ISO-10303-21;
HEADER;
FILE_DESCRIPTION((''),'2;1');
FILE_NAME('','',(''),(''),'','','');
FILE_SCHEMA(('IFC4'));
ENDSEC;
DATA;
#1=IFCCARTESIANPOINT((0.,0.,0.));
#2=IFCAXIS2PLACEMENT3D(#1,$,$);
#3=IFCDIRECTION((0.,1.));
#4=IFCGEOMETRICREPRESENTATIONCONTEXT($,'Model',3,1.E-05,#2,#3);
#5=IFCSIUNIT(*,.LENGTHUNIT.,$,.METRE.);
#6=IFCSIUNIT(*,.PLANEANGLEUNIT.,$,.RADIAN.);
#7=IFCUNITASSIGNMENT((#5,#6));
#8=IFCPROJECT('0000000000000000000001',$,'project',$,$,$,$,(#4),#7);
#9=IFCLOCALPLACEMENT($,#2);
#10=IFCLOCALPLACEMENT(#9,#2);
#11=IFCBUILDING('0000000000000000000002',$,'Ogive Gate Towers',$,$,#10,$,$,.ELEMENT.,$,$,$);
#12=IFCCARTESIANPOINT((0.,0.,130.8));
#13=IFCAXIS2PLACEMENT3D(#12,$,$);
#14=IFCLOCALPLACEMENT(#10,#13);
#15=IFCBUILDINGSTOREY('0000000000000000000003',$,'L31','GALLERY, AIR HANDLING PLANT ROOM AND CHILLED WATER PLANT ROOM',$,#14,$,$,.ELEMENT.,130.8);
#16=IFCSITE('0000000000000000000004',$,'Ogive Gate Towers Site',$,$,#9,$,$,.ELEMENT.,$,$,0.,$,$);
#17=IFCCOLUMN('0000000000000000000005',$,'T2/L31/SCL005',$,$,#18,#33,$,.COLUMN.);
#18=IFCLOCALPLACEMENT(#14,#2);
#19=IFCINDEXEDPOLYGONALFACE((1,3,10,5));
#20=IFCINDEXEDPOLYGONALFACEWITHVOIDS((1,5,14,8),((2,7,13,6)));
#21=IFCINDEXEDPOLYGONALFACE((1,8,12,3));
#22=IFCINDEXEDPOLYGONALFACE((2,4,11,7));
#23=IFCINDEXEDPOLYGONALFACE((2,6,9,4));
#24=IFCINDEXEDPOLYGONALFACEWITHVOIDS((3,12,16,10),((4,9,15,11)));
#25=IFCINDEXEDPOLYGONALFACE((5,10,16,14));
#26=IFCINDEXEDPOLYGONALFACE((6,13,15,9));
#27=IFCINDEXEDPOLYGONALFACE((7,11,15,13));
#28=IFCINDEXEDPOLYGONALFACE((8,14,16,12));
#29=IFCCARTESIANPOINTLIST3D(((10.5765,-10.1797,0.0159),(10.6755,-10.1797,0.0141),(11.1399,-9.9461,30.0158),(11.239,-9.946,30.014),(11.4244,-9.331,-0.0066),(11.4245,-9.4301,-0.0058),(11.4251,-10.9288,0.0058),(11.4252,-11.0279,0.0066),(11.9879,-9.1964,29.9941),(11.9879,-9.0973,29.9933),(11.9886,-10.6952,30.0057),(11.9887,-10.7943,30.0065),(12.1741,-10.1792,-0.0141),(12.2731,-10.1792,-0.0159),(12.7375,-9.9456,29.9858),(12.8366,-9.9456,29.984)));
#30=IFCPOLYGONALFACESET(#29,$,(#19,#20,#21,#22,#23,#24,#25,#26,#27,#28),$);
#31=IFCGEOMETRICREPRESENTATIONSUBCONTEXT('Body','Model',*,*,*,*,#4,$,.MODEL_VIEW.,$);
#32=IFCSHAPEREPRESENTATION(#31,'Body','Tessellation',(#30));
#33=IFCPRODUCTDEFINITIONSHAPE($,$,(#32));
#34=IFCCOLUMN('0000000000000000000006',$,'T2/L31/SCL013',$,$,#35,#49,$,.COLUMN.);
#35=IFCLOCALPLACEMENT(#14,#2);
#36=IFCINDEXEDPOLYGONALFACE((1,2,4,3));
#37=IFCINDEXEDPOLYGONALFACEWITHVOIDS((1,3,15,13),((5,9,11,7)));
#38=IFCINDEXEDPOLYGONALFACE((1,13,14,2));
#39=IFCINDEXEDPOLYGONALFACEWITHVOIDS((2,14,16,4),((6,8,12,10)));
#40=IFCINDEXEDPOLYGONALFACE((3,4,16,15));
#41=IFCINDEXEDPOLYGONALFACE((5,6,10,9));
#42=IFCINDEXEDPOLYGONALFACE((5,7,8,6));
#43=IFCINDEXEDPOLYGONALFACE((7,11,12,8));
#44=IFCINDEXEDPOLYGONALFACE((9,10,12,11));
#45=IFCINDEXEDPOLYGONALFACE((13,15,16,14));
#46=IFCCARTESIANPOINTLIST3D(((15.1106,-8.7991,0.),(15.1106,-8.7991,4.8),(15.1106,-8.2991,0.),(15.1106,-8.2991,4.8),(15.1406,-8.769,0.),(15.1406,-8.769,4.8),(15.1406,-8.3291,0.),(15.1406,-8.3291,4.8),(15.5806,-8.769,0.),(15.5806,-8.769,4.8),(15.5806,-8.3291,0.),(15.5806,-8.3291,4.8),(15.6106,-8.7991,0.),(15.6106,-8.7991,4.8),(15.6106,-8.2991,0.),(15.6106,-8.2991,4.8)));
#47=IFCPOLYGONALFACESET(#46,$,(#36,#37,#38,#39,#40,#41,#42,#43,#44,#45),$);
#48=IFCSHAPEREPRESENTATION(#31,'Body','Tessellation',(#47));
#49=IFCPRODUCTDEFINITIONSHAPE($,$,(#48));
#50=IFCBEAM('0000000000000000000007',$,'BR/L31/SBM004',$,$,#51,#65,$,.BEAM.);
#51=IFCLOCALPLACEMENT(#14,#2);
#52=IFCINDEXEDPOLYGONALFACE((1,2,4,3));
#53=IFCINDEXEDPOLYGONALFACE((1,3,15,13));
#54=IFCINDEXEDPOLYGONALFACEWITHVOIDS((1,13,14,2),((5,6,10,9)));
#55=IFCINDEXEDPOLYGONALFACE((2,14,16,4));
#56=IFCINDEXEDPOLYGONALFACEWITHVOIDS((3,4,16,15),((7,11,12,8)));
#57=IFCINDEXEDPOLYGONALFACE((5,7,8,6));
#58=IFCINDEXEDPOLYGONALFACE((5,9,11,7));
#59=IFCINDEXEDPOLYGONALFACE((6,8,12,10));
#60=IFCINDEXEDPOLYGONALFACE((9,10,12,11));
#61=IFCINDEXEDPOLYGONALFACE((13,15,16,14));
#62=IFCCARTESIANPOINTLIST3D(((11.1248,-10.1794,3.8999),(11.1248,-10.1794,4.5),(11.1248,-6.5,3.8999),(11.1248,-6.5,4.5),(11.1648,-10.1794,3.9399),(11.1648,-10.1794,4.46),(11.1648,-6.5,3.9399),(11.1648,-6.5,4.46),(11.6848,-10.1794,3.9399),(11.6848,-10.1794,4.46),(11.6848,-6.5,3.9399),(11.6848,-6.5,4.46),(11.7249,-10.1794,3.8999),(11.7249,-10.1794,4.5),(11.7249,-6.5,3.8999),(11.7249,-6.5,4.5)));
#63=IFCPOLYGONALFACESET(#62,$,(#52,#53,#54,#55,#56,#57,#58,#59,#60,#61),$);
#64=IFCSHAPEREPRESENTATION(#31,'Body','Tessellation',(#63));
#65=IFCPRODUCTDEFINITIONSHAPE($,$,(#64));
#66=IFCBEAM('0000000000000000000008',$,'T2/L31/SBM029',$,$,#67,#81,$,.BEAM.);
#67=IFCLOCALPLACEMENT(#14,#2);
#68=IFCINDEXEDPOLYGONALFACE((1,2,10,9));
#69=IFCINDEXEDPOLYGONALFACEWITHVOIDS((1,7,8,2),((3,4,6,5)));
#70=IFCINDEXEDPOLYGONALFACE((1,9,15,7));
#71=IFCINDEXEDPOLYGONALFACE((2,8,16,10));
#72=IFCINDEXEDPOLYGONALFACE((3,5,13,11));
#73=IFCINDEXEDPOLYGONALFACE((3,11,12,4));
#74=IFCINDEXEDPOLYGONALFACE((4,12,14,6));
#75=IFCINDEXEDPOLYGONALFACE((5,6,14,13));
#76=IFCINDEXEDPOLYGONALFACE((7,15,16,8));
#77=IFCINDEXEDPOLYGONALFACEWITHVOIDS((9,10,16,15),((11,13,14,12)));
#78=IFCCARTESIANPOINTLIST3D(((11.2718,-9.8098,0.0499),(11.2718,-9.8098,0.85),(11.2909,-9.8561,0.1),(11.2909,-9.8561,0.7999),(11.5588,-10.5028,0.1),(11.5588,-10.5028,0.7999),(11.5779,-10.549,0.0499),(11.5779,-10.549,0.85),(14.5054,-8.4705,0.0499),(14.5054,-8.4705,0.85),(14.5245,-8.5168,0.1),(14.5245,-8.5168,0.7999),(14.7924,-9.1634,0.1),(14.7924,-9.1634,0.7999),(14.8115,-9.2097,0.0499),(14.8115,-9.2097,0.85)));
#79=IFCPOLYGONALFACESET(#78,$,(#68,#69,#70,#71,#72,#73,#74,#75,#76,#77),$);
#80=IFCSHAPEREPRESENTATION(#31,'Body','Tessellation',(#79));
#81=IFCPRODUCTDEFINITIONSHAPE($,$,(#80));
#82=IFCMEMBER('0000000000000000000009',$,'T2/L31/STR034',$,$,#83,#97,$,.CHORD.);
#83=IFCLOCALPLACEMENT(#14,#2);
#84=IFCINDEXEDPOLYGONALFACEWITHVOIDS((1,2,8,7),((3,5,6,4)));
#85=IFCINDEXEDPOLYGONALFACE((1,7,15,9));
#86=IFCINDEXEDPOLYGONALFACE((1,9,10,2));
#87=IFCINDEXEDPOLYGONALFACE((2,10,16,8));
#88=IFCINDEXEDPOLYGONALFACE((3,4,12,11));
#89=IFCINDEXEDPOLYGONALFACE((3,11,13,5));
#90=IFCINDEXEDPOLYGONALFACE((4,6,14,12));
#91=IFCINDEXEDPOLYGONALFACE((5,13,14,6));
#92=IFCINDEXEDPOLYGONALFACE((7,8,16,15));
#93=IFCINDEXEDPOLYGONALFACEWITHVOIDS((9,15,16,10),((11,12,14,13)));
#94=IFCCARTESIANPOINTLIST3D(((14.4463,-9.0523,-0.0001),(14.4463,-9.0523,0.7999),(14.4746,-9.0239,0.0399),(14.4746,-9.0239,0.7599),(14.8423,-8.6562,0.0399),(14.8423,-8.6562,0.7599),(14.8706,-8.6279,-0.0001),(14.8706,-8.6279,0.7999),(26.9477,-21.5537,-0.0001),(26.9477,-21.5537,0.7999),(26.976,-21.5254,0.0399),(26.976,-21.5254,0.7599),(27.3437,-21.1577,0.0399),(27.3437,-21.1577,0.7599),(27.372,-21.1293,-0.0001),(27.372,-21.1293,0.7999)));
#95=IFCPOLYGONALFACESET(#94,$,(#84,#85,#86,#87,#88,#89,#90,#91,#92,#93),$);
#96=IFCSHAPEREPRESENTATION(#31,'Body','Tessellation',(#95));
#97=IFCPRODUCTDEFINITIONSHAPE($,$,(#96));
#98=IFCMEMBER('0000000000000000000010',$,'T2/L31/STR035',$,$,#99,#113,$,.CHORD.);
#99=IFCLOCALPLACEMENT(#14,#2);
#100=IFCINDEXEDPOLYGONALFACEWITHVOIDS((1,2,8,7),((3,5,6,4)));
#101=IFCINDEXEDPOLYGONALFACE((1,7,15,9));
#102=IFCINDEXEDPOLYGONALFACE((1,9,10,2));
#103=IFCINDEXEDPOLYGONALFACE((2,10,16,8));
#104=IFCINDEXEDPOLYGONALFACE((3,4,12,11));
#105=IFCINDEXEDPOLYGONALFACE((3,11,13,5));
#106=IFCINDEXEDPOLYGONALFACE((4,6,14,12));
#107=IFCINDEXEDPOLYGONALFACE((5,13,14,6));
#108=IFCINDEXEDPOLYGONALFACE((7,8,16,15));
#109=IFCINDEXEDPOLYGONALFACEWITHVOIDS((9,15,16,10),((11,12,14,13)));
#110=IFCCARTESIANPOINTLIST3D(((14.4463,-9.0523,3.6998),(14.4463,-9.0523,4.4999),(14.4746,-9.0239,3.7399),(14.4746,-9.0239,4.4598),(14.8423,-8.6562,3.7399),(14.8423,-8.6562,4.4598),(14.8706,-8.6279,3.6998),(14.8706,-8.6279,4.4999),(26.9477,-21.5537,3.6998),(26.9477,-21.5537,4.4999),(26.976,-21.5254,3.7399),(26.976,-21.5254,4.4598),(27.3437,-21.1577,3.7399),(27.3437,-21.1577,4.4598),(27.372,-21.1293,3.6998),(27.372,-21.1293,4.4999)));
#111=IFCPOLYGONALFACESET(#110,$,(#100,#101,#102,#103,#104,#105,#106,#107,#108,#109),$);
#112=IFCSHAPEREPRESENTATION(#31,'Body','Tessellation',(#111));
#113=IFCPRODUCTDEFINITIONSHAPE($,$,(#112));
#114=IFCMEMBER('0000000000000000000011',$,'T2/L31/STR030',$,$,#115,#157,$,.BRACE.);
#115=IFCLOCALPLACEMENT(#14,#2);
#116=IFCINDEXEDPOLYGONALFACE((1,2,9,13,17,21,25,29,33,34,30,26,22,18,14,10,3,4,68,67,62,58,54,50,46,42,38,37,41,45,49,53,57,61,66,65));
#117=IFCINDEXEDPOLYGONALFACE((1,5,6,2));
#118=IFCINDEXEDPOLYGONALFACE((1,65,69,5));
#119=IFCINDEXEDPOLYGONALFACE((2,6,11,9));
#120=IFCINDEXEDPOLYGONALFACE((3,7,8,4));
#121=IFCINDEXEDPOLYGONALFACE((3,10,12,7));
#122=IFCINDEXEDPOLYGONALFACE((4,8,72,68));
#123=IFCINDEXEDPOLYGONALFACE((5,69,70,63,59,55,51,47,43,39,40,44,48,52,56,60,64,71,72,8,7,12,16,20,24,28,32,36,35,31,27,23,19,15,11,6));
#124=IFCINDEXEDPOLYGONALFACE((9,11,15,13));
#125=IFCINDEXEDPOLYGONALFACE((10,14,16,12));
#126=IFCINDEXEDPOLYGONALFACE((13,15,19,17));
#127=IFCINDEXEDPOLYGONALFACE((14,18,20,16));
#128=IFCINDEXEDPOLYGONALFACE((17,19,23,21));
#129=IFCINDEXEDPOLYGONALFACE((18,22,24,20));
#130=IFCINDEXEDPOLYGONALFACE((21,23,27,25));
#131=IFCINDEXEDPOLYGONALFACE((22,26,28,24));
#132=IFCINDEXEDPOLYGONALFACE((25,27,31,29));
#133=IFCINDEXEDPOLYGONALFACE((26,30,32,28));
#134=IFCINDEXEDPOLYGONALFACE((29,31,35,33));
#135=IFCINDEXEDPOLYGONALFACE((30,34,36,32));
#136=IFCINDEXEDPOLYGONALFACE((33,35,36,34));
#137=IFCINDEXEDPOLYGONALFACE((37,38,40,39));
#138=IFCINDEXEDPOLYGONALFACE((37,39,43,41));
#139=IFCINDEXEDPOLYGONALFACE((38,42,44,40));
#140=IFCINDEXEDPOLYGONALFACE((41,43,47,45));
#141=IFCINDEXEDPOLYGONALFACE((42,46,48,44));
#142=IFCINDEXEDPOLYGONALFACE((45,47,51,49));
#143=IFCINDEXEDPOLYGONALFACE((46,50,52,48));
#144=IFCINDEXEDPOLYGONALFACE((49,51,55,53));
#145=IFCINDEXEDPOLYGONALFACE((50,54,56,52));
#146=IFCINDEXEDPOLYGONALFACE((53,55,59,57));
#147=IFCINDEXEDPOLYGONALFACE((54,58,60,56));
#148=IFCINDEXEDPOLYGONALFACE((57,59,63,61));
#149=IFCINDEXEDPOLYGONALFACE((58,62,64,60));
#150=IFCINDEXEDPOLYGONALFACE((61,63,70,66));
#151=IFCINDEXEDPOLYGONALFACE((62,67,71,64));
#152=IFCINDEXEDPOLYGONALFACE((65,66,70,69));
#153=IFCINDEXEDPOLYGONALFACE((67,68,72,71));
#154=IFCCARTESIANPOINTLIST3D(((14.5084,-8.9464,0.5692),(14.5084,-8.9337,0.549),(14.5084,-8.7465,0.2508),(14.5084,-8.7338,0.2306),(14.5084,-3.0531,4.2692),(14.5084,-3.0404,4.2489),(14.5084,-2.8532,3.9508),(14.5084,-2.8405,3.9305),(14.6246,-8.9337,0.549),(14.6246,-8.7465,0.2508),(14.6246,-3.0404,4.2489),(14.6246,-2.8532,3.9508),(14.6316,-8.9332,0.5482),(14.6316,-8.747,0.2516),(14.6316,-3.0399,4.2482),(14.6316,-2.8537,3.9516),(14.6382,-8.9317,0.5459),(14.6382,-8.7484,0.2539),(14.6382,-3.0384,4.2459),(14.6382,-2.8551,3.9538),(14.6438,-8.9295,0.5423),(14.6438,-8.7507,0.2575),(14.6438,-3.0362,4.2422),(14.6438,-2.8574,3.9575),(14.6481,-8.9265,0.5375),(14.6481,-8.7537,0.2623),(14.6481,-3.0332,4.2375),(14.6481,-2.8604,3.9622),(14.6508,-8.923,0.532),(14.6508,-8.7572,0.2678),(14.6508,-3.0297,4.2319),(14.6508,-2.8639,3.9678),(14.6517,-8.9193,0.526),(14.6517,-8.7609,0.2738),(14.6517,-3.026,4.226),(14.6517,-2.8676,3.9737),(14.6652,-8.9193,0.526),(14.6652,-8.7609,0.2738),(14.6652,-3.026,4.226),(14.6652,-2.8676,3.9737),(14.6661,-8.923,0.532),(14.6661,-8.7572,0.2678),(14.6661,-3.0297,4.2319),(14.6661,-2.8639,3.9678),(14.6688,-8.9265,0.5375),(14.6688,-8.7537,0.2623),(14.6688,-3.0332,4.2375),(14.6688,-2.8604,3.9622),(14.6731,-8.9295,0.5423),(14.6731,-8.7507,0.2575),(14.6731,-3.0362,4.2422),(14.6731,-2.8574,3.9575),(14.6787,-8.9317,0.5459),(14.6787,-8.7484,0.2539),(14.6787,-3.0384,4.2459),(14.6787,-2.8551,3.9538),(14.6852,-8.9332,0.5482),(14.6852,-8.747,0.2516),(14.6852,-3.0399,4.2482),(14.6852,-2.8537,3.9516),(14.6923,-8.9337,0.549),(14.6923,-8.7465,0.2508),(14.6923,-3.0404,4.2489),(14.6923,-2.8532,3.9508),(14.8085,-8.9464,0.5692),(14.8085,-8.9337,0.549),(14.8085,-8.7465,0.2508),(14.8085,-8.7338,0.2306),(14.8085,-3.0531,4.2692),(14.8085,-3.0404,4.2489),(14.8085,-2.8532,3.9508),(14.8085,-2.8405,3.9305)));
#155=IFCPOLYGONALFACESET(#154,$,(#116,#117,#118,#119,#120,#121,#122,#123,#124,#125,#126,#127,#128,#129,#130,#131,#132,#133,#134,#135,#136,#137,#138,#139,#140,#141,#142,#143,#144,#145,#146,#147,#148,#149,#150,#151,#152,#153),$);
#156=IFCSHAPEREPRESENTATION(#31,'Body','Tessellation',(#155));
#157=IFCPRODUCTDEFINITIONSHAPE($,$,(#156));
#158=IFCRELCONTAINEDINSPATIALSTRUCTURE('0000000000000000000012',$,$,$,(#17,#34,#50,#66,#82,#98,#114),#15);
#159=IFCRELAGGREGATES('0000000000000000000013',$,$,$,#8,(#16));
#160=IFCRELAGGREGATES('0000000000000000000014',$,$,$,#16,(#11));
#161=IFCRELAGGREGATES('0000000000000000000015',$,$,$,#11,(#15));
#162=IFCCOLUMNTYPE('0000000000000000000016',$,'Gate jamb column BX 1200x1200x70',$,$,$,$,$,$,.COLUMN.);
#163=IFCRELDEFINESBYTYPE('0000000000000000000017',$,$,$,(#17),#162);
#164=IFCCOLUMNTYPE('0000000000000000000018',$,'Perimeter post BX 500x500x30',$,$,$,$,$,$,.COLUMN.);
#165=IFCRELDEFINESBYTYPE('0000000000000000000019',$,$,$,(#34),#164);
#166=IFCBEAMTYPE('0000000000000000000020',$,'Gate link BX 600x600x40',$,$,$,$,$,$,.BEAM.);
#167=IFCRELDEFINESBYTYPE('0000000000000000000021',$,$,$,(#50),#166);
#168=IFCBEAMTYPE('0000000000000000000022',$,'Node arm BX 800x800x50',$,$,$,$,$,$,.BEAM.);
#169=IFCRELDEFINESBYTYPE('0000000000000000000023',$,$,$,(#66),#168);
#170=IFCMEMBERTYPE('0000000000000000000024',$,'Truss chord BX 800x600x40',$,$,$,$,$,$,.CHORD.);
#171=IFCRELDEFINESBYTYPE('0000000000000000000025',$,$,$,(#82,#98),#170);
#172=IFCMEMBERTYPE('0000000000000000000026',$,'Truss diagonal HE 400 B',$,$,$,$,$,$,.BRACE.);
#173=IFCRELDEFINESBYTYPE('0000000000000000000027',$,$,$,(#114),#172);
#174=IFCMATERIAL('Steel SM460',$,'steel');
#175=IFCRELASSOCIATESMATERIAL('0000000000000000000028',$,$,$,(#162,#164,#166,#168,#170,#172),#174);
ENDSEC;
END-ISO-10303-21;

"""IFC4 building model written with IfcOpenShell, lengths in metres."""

from ifc_helpers import new_model, si_unit, direction, frame, origin, origin_2d, place, context, subcontext, project, spatial, hollow_rectangle, i_section, extrude, material, material_profile, profile_set, type_object, element, save


model = new_model("IFC4")

# Units and contexts
model_context = context("Model", 3, precision=1e-05, world=origin(), true_north=direction((0.0, 1.0)))
body_context = subcontext(model_context, "Body", "Model", "MODEL_VIEW")
ifc_project = project(units=[si_unit("LENGTHUNIT", "METRE"), si_unit("PLANEANGLEUNIT", "RADIAN")], contexts=[model_context])

# Site, building, storey
site_placement = place(None, origin())
site = spatial("IfcSite", under=ifc_project, at=site_placement, Name="Ogive Gate Towers Site", CompositionType="ELEMENT", RefElevation=0.0)
building_placement = place(site_placement, origin())
building = spatial("IfcBuilding", under=site, at=building_placement, Name="Ogive Gate Towers", CompositionType="ELEMENT")
storey_placement = place(building_placement, frame((0.0, 0.0, 130.8)))
storey = spatial("IfcBuildingStorey", under=building, at=storey_placement, Name="L31", Description="GALLERY, AIR HANDLING PLANT ROOM AND CHILLED WATER PLANT ROOM", CompositionType="ELEMENT", Elevation=130.8)

# Columns
ifc_material_1 = material(Name="Steel SM460", Category="steel")
ifc_material_profile_1 = material_profile(ifc_material_1, hollow_rectangle(XDim=1.2, YDim=1.2, WallThickness=0.0701, at=origin_2d()), Name="BX 1200x1200x70")
ifc_profile_set_1 = profile_set([ifc_material_profile_1], Name="Steel SM460")
column_type_1 = type_object("IfcColumnType", Name="Gate jamb column BX 1200x1200x70", PredefinedType="COLUMN", material=ifc_profile_set_1)
column_1_placement = place(storey_placement, frame((11.4248, -10.1794, 0.0), z_axis=(0.018779, 0.007786, 0.999793), x_axis=(0.707294, -0.706877, -0.00778)))
element("IfcColumn", 1, at=column_1_placement, inside=storey, type_object=column_type_1, Name="T2/L31/SCL005", PredefinedType="COLUMN", context=body_context, shape_type="SweptSolid", body=[
    extrude(hollow_rectangle(XDim=1.2, YDim=1.2, WallThickness=0.0701, at=origin_2d()), origin(), (0.0, 0.0, 1.0), 30.0061),
])
ifc_material_profile_2 = material_profile(ifc_material_1, hollow_rectangle(XDim=0.5, YDim=0.5, WallThickness=0.03, at=origin_2d()), Name="BX 500x500x30")
ifc_profile_set_2 = profile_set([ifc_material_profile_2], Name="Steel SM460")
column_type_2 = type_object("IfcColumnType", Name="Perimeter post BX 500x500x30", PredefinedType="COLUMN", material=ifc_profile_set_2)
column_2_placement = place(storey_placement, frame((15.3606, -8.5491, 0.0), z_axis=(0.0, 0.0, 1.0), x_axis=(1.0, 0.0, 0.0)))
element("IfcColumn", 2, at=column_2_placement, inside=storey, type_object=column_type_2, Name="T2/L31/SCL013", PredefinedType="COLUMN", context=body_context, shape_type="SweptSolid", body=[
    extrude(hollow_rectangle(XDim=0.5, YDim=0.5, WallThickness=0.03, at=origin_2d()), origin(), (0.0, 0.0, 1.0), 4.8),
])

# Beams
ifc_material_profile_3 = material_profile(ifc_material_1, hollow_rectangle(XDim=0.6001, YDim=0.6001, WallThickness=0.04, at=origin_2d()), Name="BX 600x600x40")
ifc_profile_set_3 = profile_set([ifc_material_profile_3], Name="Steel SM460")
beam_type_1 = type_object("IfcBeamType", Name="Gate link BX 600x600x40", PredefinedType="BEAM", material=ifc_profile_set_3)
beam_1_placement = place(storey_placement, frame((11.4248, -6.5, 4.2), z_axis=(0.0, -1.0, 0.0), x_axis=(1.0, 0.0, 0.0)))
element("IfcBeam", 3, at=beam_1_placement, inside=storey, type_object=beam_type_1, Name="BR/L31/SBM004", PredefinedType="BEAM", context=body_context, shape_type="SweptSolid", body=[
    extrude(hollow_rectangle(XDim=0.6001, YDim=0.6001, WallThickness=0.04, at=origin_2d()), origin(), (0.0, 0.0, 1.0), 3.6794),
])
ifc_material_profile_4 = material_profile(ifc_material_1, hollow_rectangle(XDim=0.8, YDim=0.8, WallThickness=0.05, at=origin_2d()), Name="BX 800x800x50")
ifc_profile_set_4 = profile_set([ifc_material_profile_4], Name="Steel SM460")
beam_type_2 = type_object("IfcBeamType", Name="Node arm BX 800x800x50", PredefinedType="BEAM", material=ifc_profile_set_4)
beam_2_placement = place(storey_placement, frame((14.6584, -8.8401, 0.45), z_axis=(-0.923886, -0.382668, 0.0), x_axis=(0.382668, -0.923886, 0.0)))
element("IfcBeam", 4, at=beam_2_placement, inside=storey, type_object=beam_type_2, Name="T2/L31/SBM029", PredefinedType="BEAM", context=body_context, shape_type="SweptSolid", body=[
    extrude(hollow_rectangle(XDim=0.8, YDim=0.8, WallThickness=0.05, at=origin_2d()), origin(), (0.0, 0.0, 1.0), 3.5),
])

# Members
ifc_material_profile_5 = material_profile(ifc_material_1, hollow_rectangle(XDim=0.6001, YDim=0.8, WallThickness=0.04, at=origin_2d()), Name="BX 800x600x40")
ifc_profile_set_5 = profile_set([ifc_material_profile_5], Name="Steel SM460")
member_type_1 = type_object("IfcMemberType", Name="Truss chord BX 800x600x40", PredefinedType="CHORD", material=ifc_profile_set_5)
for number, where, z_axis, x_axis, name in (
    (5, (14.6584, -8.8401, 0.3999), (0.707107, -0.707107, 0.0), (0.707107, 0.707107, 0.0), "T2/L31/STR034"),
    (6, (14.6584, -8.8401, 4.0999), (0.707107, -0.707107, 0.0), (0.707107, 0.707107, 0.0), "T2/L31/STR035"),
):
    element("IfcMember", number, at=place(storey_placement, frame(where, z_axis=z_axis, x_axis=x_axis)), inside=storey, type_object=member_type_1, Name=name, PredefinedType="CHORD", context=body_context, shape_type="SweptSolid", body=[
        extrude(hollow_rectangle(XDim=0.6001, YDim=0.8, WallThickness=0.04, at=origin_2d()), origin(), (0.0, 0.0, 1.0), 17.6797),
    ])
ifc_material_profile_6 = material_profile(ifc_material_1, i_section(OverallWidth=0.3, OverallDepth=0.3999, WebThickness=0.0134, FlangeThickness=0.0239, FilletRadius=0.0271, at=origin_2d()), Name="HE 400 B")
ifc_profile_set_6 = profile_set([ifc_material_profile_6], Name="Steel SM460")
member_type_2 = type_object("IfcMemberType", Name="Truss diagonal HE 400 B", PredefinedType="BRACE", material=ifc_profile_set_6)
for number, where, z_axis, x_axis, name in (
    (7, (14.6584, -2.9468, 4.0999), (0.0, -0.846922, -0.531717), (1.0, 0.0, 0.0), "T2/L31/STR030"),
):
    element("IfcMember", number, at=place(storey_placement, frame(where, z_axis=z_axis, x_axis=x_axis)), inside=storey, type_object=member_type_2, Name=name, PredefinedType="BRACE", context=body_context, shape_type="SweptSolid", body=[
        extrude(i_section(OverallWidth=0.3, OverallDepth=0.3999, WebThickness=0.0134, FlangeThickness=0.0239, FilletRadius=0.0271, at=origin_2d()), origin(), (0.0, 0.0, 1.0), 6.9585),
    ])

save(model, "model.ifc")
